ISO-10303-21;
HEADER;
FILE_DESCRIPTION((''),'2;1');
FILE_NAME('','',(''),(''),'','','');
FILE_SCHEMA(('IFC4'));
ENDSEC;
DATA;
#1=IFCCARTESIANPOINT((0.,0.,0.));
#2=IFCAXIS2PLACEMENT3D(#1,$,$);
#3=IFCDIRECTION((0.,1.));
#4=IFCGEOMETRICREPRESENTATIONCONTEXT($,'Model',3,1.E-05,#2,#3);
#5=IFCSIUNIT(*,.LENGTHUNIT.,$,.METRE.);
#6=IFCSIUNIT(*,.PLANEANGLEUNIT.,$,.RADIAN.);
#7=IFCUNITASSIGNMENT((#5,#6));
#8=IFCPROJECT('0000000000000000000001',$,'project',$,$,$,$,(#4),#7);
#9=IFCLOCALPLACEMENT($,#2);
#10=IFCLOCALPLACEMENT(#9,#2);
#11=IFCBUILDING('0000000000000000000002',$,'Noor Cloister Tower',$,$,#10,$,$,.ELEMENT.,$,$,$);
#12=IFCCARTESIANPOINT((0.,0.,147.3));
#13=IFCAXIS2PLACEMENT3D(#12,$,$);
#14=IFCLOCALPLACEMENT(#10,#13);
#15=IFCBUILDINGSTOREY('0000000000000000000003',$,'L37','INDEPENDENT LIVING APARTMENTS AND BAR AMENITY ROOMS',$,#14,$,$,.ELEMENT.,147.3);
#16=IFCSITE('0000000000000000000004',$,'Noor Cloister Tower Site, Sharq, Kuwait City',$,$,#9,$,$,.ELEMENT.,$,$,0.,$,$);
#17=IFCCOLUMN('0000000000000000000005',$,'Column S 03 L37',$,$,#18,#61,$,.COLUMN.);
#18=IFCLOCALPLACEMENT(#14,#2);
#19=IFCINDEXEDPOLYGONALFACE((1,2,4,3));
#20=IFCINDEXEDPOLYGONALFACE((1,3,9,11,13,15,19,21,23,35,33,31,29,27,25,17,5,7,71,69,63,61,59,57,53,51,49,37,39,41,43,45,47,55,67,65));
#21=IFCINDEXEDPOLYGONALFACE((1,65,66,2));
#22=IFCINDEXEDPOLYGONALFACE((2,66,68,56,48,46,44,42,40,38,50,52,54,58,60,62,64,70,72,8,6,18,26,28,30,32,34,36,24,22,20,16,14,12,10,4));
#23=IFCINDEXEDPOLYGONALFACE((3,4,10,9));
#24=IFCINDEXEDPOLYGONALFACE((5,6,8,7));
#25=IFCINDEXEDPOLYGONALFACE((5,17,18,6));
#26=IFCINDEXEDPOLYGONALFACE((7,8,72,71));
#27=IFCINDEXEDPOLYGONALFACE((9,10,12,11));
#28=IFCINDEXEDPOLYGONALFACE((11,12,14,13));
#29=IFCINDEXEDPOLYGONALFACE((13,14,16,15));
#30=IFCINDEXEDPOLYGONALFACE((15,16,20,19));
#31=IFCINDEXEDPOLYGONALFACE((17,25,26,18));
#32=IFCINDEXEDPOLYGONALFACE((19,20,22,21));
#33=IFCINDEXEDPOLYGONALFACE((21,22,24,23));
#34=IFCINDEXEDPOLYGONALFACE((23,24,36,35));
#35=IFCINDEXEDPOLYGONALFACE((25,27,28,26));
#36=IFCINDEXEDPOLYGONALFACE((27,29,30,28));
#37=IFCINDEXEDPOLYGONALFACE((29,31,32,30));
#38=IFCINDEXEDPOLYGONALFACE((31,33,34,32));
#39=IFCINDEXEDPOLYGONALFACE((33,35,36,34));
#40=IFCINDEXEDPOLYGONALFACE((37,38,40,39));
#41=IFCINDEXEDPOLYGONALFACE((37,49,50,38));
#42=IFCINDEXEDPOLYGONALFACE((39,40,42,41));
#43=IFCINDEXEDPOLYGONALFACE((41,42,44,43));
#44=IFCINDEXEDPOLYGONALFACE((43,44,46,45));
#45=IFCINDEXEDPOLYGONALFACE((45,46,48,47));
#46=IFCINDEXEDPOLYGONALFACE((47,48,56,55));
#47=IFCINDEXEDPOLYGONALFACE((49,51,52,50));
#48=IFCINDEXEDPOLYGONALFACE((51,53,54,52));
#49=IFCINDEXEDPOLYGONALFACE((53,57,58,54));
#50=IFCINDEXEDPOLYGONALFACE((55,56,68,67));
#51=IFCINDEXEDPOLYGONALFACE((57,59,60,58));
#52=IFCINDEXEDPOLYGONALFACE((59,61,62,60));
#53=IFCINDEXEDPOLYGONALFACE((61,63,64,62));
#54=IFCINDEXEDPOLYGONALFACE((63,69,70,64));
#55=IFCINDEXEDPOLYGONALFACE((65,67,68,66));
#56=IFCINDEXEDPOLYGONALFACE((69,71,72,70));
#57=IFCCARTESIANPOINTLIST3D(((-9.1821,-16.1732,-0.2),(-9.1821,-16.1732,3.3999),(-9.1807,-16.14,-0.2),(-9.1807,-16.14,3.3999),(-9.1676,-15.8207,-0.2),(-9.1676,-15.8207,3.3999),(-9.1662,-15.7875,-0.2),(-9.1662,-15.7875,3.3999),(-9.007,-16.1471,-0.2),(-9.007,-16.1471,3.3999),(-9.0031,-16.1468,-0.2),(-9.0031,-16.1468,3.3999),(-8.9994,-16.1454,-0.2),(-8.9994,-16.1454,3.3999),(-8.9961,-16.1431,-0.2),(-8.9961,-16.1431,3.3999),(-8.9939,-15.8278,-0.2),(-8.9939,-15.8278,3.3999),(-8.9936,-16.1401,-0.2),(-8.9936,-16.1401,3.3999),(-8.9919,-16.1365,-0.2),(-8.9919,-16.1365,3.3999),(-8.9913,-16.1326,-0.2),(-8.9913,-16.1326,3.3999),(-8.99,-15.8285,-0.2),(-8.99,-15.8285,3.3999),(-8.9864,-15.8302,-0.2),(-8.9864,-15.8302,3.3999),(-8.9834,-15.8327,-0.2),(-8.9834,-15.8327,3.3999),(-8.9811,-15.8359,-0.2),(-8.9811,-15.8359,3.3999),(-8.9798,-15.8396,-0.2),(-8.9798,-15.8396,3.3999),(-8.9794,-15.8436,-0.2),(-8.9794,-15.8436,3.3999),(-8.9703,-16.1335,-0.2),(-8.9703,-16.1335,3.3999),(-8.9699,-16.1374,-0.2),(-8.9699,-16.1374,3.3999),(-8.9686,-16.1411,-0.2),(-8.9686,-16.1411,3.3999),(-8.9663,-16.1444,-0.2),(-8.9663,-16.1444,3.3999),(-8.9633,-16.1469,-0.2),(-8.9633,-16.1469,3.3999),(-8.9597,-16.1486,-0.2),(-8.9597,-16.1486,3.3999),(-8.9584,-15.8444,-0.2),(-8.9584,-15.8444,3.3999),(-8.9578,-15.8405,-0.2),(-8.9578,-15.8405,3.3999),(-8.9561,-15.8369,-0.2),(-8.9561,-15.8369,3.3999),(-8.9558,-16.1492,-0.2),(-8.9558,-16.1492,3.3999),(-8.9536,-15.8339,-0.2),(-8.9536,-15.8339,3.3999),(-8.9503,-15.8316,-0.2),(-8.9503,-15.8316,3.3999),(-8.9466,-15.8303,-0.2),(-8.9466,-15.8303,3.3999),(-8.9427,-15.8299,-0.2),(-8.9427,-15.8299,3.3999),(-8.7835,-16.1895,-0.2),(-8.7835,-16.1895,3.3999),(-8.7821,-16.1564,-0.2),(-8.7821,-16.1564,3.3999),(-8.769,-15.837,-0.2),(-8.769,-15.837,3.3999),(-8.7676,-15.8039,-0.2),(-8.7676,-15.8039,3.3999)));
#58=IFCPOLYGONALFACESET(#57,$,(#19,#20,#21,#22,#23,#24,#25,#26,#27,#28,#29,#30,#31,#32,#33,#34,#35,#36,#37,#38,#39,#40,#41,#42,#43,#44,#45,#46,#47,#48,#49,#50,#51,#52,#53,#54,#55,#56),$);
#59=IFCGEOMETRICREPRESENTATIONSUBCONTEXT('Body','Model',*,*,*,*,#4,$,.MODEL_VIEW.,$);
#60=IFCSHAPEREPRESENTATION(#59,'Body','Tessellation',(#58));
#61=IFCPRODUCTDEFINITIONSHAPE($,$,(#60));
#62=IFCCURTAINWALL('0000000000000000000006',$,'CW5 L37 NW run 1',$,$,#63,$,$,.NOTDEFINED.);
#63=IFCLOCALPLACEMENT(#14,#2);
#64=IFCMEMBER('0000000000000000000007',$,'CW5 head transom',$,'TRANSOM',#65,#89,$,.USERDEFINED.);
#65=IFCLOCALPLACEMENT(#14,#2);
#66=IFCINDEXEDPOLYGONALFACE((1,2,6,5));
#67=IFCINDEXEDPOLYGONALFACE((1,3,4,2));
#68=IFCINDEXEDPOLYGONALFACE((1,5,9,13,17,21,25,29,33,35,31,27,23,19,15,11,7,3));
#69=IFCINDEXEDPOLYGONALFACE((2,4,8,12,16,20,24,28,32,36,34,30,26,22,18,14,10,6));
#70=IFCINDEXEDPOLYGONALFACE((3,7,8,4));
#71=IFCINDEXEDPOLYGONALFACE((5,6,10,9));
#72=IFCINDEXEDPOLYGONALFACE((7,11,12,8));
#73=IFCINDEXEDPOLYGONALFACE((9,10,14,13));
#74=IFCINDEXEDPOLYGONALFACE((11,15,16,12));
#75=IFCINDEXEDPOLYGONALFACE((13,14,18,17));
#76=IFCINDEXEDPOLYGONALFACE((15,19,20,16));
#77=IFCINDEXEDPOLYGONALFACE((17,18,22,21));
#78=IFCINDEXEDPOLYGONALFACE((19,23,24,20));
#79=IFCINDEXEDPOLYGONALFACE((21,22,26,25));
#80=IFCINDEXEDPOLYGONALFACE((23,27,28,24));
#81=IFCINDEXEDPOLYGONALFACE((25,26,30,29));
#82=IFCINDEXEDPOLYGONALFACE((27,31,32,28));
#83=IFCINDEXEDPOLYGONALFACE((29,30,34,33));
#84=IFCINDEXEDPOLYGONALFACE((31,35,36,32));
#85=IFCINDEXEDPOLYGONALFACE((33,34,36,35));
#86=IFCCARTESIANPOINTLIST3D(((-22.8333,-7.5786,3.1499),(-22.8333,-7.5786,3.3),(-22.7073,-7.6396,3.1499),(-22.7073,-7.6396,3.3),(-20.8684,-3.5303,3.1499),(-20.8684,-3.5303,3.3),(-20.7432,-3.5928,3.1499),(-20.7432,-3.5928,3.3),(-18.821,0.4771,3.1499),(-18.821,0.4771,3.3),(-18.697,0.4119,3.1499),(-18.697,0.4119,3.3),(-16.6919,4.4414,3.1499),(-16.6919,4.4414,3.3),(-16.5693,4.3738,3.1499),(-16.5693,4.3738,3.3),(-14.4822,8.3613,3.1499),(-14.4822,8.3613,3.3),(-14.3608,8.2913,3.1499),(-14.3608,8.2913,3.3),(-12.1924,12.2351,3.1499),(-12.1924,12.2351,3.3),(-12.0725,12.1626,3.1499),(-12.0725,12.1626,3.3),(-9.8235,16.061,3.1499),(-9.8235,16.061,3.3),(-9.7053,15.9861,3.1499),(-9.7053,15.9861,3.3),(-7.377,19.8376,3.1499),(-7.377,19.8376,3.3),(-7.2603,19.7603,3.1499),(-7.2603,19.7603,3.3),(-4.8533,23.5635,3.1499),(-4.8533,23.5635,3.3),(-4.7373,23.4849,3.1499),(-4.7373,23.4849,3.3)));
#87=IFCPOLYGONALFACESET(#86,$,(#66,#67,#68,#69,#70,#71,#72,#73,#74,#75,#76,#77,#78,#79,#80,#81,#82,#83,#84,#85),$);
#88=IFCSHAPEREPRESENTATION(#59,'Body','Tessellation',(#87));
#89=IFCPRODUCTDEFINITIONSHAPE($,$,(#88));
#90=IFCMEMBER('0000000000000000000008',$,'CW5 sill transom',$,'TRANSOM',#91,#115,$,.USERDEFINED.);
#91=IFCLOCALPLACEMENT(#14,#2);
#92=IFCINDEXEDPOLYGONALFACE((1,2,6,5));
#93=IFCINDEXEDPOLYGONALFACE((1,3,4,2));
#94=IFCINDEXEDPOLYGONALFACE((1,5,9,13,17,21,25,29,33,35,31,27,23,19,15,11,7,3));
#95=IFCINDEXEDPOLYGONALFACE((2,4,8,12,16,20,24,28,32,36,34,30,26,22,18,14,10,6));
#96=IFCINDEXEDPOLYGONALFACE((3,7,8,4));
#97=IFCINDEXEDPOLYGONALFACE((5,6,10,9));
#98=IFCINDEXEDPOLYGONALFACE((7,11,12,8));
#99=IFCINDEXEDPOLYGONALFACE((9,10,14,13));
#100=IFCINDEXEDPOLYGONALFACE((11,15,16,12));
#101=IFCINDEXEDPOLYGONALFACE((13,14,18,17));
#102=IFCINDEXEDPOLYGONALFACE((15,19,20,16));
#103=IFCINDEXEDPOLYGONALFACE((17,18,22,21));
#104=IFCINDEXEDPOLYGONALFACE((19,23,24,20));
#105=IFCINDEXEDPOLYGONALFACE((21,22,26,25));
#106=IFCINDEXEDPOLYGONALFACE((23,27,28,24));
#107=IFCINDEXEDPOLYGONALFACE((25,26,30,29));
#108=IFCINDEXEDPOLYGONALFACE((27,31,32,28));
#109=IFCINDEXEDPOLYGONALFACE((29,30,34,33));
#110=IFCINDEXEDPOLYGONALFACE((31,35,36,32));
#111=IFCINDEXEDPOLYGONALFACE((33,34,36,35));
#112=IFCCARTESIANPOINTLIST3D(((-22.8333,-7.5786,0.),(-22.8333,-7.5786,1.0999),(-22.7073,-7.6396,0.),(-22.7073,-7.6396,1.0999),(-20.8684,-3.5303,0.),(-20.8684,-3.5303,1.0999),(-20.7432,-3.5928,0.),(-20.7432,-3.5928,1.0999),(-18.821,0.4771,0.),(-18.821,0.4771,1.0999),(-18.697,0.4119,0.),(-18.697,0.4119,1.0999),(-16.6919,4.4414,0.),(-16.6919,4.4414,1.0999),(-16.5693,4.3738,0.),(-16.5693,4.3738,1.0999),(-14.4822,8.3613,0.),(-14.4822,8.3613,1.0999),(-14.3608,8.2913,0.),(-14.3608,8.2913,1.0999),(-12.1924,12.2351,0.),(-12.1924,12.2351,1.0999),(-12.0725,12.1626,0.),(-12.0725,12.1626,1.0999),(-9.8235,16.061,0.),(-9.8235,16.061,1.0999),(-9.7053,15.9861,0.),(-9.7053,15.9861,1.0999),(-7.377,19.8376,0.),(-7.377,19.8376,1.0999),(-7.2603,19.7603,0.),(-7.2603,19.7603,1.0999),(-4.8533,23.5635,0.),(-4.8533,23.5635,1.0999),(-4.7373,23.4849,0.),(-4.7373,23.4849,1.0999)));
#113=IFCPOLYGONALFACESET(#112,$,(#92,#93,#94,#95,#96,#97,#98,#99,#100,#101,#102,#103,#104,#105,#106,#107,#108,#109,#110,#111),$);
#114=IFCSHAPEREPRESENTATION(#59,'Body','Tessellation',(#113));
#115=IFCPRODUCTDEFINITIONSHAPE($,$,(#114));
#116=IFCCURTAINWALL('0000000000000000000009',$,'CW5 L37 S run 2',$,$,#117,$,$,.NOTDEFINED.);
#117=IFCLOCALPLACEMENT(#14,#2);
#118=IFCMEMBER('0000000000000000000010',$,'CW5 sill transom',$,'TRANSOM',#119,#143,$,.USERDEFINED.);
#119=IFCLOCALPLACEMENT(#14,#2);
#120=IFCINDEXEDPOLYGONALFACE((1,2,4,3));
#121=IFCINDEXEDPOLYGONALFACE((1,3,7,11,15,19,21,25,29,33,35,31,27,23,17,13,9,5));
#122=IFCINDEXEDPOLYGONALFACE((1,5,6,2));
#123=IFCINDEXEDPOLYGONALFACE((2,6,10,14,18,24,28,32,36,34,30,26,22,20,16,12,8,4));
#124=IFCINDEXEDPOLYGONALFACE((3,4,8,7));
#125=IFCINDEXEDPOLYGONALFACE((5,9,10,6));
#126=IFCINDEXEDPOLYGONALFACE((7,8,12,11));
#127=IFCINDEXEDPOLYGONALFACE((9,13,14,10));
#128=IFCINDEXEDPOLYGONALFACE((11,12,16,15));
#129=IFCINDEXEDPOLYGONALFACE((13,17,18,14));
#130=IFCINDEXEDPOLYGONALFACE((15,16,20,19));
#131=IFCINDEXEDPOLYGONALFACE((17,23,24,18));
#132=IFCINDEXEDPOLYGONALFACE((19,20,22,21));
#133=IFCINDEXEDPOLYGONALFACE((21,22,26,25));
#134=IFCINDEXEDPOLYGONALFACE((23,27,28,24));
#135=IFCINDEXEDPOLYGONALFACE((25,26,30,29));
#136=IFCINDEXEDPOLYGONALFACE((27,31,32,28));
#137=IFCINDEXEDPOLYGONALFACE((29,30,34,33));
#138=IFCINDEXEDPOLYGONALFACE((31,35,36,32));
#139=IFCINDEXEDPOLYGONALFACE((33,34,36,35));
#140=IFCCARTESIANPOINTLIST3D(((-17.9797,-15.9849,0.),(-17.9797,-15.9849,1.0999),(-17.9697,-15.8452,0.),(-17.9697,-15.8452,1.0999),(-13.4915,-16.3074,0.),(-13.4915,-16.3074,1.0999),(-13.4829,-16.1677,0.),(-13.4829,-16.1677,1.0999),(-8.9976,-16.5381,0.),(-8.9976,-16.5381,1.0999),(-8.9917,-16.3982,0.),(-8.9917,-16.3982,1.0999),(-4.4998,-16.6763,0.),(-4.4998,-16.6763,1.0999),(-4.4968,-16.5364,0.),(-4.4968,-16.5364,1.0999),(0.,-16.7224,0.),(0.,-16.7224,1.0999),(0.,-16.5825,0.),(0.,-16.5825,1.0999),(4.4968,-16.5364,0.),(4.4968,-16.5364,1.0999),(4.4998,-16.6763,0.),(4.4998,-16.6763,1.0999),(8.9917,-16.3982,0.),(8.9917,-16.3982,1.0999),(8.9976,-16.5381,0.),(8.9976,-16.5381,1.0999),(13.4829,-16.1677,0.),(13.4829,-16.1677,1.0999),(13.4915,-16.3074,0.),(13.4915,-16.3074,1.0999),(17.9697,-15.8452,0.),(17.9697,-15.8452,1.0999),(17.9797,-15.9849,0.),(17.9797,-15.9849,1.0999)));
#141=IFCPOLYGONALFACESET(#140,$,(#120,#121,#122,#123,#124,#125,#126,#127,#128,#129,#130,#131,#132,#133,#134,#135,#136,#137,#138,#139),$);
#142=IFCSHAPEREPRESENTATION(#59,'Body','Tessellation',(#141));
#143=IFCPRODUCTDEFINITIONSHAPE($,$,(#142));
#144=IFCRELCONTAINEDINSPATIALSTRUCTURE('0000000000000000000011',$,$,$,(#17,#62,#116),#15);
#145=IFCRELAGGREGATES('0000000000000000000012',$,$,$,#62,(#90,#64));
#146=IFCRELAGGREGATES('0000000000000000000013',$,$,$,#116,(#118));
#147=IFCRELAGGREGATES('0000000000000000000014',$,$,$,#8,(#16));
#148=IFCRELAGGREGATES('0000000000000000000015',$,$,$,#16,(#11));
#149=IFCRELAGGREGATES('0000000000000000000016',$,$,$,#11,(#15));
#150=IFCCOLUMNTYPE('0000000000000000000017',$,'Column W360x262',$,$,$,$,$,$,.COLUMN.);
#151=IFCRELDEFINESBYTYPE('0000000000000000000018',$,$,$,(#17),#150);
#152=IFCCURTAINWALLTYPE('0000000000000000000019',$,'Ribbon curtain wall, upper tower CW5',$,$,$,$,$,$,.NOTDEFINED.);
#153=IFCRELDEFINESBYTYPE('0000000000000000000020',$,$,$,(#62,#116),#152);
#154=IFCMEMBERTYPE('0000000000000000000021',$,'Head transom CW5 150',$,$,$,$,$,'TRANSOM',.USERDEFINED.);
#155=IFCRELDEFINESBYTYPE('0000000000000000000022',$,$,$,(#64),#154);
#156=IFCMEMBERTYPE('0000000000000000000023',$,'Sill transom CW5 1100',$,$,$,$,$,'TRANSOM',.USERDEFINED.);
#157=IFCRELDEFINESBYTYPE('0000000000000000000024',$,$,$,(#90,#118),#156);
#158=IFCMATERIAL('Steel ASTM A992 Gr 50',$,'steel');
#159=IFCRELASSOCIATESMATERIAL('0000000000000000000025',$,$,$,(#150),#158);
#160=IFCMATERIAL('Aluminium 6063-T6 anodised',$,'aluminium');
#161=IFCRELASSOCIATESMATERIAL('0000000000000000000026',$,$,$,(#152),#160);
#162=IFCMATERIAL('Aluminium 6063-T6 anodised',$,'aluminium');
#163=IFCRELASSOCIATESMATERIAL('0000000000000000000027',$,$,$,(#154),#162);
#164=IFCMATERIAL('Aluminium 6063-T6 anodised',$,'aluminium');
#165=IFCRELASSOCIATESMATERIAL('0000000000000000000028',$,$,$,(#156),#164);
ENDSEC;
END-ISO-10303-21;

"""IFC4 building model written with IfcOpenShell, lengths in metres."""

from ifc_helpers import new_model, si_unit, direction, frame, origin, origin_2d, place, context, subcontext, project, spatial, polyline, i_section, outline, extrude, material, material_profile, profile_set, type_object, element, aggregate, save


model = new_model("IFC4")

# Units and contexts
model_context = context("Model", 3, precision=1e-05, world=origin(), true_north=direction((0.0, 1.0)))
body_context = subcontext(model_context, "Body", "Model", "MODEL_VIEW")
ifc_project = project(units=[si_unit("LENGTHUNIT", "METRE"), si_unit("PLANEANGLEUNIT", "RADIAN")], contexts=[model_context])

# Site, building, storey
site_placement = place(None, origin())
site = spatial("IfcSite", under=ifc_project, at=site_placement, Name="Noor Cloister Tower Site, Sharq, Kuwait City", CompositionType="ELEMENT", RefElevation=0.0)
building_placement = place(site_placement, origin())
building = spatial("IfcBuilding", under=site, at=building_placement, Name="Noor Cloister Tower", CompositionType="ELEMENT")
storey_placement = place(building_placement, frame((0.0, 0.0, 147.3)))
storey = spatial("IfcBuildingStorey", under=building, at=storey_placement, Name="L37", Description="INDEPENDENT LIVING APARTMENTS AND BAR AMENITY ROOMS", CompositionType="ELEMENT", Elevation=147.3)

# Column
ifc_material_1 = material(Name="Steel ASTM A992 Gr 50", Category="steel")
ifc_material_profile = material_profile(ifc_material_1, i_section(OverallWidth=0.3989, OverallDepth=0.386, WebThickness=0.021, FlangeThickness=0.0332, FilletRadius=0.0151, at=origin_2d()), Name="W360x262")
ifc_profile_set = profile_set([ifc_material_profile], Name="Steel ASTM A992 Gr 50")
column_type = type_object("IfcColumnType", Name="Column W360x262", PredefinedType="COLUMN", material=ifc_profile_set)
column_placement = place(storey_placement, frame((-8.9749, -15.9885, -0.2), z_axis=(0.0, 0.0, 1.0), x_axis=(0.999159, -0.040995, 0.0)))
element("IfcColumn", 1, at=column_placement, inside=storey, type_object=column_type, Name="Column S 03 L37", PredefinedType="COLUMN", context=body_context, shape_type="SweptSolid", body=[
    extrude(i_section(OverallWidth=0.3989, OverallDepth=0.386, WebThickness=0.021, FlangeThickness=0.0332, FilletRadius=0.0151, at=origin_2d()), origin(), (0.0, 0.0, 1.0), 3.5999),
])

# Curtain wall, members
ifc_material_2 = material(Name="Aluminium 6063-T6 anodised", Category="aluminium")
curtain_wall_type = type_object("IfcCurtainWallType", Name="Ribbon curtain wall, upper tower CW5", PredefinedType="NOTDEFINED", material=ifc_material_2)
curtain_wall_1_placement = place(storey_placement, origin())
curtain_wall_1 = element("IfcCurtainWall", 2, at=curtain_wall_1_placement, inside=storey, type_object=curtain_wall_type, Name="CW5 L37 NW run 1", PredefinedType="NOTDEFINED")
ifc_material_3 = material(Name="Aluminium 6063-T6 anodised", Category="aluminium")
member_type_1 = type_object("IfcMemberType", Name="Head transom CW5 150", ElementType="TRANSOM", PredefinedType="USERDEFINED", material=ifc_material_3)
member_1_placement = place(storey_placement, frame((0.0, 0.0, 3.1499)))
member_1 = element("IfcMember", 3, at=member_1_placement, type_object=member_type_1, Name="CW5 head transom", ObjectType="TRANSOM", PredefinedType="USERDEFINED", context=body_context, shape_type="SweptSolid", body=[
    extrude(outline(polyline([(-4.8533, 23.5635), (-7.377, 19.8376), (-9.8235, 16.061), (-12.1924, 12.2351), (-14.4822, 8.3613), (-16.6919, 4.4414), (-18.821, 0.4771), (-20.8684, -3.5303), (-22.8333, -7.5786), (-22.7073, -7.6396), (-20.7432, -3.5928), (-18.697, 0.4119), (-16.5693, 4.3738), (-14.3608, 8.2913), (-12.0725, 12.1626), (-9.7053, 15.9861), (-7.2603, 19.7603), (-4.7373, 23.4849), (-4.8533, 23.5635)])), origin(), (0.0, 0.0, 1.0), 0.1501),
])
ifc_material_4 = material(Name="Aluminium 6063-T6 anodised", Category="aluminium")
member_type_2 = type_object("IfcMemberType", Name="Sill transom CW5 1100", ElementType="TRANSOM", PredefinedType="USERDEFINED", material=ifc_material_4)
member_2_placement = place(storey_placement, origin())
member_2 = element("IfcMember", 4, at=member_2_placement, type_object=member_type_2, Name="CW5 sill transom", ObjectType="TRANSOM", PredefinedType="USERDEFINED", context=body_context, shape_type="SweptSolid", body=[
    extrude(outline(polyline([(-4.8533, 23.5635), (-7.377, 19.8376), (-9.8235, 16.061), (-12.1924, 12.2351), (-14.4822, 8.3613), (-16.6919, 4.4414), (-18.821, 0.4771), (-20.8684, -3.5303), (-22.8333, -7.5786), (-22.7073, -7.6396), (-20.7432, -3.5928), (-18.697, 0.4119), (-16.5693, 4.3738), (-14.3608, 8.2913), (-12.0725, 12.1626), (-9.7053, 15.9861), (-7.2603, 19.7603), (-4.7373, 23.4849), (-4.8533, 23.5635)])), origin(), (0.0, 0.0, 1.0), 1.0999),
])
aggregate(curtain_wall_1, [member_2, member_1])

# Curtain wall, member
curtain_wall_2_placement = place(storey_placement, origin())
curtain_wall_2 = element("IfcCurtainWall", 5, at=curtain_wall_2_placement, inside=storey, type_object=curtain_wall_type, Name="CW5 L37 S run 2", PredefinedType="NOTDEFINED")
member_3_placement = place(storey_placement, origin())
member_3 = element("IfcMember", 6, at=member_3_placement, type_object=member_type_2, Name="CW5 sill transom", ObjectType="TRANSOM", PredefinedType="USERDEFINED", context=body_context, shape_type="SweptSolid", body=[
    extrude(outline(polyline([(-17.9797, -15.9849), (-13.4915, -16.3074), (-8.9976, -16.5381), (-4.4998, -16.6763), (0.0, -16.7224), (4.4998, -16.6763), (8.9976, -16.5381), (13.4915, -16.3074), (17.9797, -15.9849), (17.9697, -15.8452), (13.4829, -16.1677), (8.9917, -16.3982), (4.4968, -16.5364), (0.0, -16.5825), (-4.4968, -16.5364), (-8.9917, -16.3982), (-13.4829, -16.1677), (-17.9697, -15.8452), (-17.9797, -15.9849)])), origin(), (0.0, 0.0, 1.0), 1.0999),
])
aggregate(curtain_wall_2, [member_3])

save(model, "model.ifc")
